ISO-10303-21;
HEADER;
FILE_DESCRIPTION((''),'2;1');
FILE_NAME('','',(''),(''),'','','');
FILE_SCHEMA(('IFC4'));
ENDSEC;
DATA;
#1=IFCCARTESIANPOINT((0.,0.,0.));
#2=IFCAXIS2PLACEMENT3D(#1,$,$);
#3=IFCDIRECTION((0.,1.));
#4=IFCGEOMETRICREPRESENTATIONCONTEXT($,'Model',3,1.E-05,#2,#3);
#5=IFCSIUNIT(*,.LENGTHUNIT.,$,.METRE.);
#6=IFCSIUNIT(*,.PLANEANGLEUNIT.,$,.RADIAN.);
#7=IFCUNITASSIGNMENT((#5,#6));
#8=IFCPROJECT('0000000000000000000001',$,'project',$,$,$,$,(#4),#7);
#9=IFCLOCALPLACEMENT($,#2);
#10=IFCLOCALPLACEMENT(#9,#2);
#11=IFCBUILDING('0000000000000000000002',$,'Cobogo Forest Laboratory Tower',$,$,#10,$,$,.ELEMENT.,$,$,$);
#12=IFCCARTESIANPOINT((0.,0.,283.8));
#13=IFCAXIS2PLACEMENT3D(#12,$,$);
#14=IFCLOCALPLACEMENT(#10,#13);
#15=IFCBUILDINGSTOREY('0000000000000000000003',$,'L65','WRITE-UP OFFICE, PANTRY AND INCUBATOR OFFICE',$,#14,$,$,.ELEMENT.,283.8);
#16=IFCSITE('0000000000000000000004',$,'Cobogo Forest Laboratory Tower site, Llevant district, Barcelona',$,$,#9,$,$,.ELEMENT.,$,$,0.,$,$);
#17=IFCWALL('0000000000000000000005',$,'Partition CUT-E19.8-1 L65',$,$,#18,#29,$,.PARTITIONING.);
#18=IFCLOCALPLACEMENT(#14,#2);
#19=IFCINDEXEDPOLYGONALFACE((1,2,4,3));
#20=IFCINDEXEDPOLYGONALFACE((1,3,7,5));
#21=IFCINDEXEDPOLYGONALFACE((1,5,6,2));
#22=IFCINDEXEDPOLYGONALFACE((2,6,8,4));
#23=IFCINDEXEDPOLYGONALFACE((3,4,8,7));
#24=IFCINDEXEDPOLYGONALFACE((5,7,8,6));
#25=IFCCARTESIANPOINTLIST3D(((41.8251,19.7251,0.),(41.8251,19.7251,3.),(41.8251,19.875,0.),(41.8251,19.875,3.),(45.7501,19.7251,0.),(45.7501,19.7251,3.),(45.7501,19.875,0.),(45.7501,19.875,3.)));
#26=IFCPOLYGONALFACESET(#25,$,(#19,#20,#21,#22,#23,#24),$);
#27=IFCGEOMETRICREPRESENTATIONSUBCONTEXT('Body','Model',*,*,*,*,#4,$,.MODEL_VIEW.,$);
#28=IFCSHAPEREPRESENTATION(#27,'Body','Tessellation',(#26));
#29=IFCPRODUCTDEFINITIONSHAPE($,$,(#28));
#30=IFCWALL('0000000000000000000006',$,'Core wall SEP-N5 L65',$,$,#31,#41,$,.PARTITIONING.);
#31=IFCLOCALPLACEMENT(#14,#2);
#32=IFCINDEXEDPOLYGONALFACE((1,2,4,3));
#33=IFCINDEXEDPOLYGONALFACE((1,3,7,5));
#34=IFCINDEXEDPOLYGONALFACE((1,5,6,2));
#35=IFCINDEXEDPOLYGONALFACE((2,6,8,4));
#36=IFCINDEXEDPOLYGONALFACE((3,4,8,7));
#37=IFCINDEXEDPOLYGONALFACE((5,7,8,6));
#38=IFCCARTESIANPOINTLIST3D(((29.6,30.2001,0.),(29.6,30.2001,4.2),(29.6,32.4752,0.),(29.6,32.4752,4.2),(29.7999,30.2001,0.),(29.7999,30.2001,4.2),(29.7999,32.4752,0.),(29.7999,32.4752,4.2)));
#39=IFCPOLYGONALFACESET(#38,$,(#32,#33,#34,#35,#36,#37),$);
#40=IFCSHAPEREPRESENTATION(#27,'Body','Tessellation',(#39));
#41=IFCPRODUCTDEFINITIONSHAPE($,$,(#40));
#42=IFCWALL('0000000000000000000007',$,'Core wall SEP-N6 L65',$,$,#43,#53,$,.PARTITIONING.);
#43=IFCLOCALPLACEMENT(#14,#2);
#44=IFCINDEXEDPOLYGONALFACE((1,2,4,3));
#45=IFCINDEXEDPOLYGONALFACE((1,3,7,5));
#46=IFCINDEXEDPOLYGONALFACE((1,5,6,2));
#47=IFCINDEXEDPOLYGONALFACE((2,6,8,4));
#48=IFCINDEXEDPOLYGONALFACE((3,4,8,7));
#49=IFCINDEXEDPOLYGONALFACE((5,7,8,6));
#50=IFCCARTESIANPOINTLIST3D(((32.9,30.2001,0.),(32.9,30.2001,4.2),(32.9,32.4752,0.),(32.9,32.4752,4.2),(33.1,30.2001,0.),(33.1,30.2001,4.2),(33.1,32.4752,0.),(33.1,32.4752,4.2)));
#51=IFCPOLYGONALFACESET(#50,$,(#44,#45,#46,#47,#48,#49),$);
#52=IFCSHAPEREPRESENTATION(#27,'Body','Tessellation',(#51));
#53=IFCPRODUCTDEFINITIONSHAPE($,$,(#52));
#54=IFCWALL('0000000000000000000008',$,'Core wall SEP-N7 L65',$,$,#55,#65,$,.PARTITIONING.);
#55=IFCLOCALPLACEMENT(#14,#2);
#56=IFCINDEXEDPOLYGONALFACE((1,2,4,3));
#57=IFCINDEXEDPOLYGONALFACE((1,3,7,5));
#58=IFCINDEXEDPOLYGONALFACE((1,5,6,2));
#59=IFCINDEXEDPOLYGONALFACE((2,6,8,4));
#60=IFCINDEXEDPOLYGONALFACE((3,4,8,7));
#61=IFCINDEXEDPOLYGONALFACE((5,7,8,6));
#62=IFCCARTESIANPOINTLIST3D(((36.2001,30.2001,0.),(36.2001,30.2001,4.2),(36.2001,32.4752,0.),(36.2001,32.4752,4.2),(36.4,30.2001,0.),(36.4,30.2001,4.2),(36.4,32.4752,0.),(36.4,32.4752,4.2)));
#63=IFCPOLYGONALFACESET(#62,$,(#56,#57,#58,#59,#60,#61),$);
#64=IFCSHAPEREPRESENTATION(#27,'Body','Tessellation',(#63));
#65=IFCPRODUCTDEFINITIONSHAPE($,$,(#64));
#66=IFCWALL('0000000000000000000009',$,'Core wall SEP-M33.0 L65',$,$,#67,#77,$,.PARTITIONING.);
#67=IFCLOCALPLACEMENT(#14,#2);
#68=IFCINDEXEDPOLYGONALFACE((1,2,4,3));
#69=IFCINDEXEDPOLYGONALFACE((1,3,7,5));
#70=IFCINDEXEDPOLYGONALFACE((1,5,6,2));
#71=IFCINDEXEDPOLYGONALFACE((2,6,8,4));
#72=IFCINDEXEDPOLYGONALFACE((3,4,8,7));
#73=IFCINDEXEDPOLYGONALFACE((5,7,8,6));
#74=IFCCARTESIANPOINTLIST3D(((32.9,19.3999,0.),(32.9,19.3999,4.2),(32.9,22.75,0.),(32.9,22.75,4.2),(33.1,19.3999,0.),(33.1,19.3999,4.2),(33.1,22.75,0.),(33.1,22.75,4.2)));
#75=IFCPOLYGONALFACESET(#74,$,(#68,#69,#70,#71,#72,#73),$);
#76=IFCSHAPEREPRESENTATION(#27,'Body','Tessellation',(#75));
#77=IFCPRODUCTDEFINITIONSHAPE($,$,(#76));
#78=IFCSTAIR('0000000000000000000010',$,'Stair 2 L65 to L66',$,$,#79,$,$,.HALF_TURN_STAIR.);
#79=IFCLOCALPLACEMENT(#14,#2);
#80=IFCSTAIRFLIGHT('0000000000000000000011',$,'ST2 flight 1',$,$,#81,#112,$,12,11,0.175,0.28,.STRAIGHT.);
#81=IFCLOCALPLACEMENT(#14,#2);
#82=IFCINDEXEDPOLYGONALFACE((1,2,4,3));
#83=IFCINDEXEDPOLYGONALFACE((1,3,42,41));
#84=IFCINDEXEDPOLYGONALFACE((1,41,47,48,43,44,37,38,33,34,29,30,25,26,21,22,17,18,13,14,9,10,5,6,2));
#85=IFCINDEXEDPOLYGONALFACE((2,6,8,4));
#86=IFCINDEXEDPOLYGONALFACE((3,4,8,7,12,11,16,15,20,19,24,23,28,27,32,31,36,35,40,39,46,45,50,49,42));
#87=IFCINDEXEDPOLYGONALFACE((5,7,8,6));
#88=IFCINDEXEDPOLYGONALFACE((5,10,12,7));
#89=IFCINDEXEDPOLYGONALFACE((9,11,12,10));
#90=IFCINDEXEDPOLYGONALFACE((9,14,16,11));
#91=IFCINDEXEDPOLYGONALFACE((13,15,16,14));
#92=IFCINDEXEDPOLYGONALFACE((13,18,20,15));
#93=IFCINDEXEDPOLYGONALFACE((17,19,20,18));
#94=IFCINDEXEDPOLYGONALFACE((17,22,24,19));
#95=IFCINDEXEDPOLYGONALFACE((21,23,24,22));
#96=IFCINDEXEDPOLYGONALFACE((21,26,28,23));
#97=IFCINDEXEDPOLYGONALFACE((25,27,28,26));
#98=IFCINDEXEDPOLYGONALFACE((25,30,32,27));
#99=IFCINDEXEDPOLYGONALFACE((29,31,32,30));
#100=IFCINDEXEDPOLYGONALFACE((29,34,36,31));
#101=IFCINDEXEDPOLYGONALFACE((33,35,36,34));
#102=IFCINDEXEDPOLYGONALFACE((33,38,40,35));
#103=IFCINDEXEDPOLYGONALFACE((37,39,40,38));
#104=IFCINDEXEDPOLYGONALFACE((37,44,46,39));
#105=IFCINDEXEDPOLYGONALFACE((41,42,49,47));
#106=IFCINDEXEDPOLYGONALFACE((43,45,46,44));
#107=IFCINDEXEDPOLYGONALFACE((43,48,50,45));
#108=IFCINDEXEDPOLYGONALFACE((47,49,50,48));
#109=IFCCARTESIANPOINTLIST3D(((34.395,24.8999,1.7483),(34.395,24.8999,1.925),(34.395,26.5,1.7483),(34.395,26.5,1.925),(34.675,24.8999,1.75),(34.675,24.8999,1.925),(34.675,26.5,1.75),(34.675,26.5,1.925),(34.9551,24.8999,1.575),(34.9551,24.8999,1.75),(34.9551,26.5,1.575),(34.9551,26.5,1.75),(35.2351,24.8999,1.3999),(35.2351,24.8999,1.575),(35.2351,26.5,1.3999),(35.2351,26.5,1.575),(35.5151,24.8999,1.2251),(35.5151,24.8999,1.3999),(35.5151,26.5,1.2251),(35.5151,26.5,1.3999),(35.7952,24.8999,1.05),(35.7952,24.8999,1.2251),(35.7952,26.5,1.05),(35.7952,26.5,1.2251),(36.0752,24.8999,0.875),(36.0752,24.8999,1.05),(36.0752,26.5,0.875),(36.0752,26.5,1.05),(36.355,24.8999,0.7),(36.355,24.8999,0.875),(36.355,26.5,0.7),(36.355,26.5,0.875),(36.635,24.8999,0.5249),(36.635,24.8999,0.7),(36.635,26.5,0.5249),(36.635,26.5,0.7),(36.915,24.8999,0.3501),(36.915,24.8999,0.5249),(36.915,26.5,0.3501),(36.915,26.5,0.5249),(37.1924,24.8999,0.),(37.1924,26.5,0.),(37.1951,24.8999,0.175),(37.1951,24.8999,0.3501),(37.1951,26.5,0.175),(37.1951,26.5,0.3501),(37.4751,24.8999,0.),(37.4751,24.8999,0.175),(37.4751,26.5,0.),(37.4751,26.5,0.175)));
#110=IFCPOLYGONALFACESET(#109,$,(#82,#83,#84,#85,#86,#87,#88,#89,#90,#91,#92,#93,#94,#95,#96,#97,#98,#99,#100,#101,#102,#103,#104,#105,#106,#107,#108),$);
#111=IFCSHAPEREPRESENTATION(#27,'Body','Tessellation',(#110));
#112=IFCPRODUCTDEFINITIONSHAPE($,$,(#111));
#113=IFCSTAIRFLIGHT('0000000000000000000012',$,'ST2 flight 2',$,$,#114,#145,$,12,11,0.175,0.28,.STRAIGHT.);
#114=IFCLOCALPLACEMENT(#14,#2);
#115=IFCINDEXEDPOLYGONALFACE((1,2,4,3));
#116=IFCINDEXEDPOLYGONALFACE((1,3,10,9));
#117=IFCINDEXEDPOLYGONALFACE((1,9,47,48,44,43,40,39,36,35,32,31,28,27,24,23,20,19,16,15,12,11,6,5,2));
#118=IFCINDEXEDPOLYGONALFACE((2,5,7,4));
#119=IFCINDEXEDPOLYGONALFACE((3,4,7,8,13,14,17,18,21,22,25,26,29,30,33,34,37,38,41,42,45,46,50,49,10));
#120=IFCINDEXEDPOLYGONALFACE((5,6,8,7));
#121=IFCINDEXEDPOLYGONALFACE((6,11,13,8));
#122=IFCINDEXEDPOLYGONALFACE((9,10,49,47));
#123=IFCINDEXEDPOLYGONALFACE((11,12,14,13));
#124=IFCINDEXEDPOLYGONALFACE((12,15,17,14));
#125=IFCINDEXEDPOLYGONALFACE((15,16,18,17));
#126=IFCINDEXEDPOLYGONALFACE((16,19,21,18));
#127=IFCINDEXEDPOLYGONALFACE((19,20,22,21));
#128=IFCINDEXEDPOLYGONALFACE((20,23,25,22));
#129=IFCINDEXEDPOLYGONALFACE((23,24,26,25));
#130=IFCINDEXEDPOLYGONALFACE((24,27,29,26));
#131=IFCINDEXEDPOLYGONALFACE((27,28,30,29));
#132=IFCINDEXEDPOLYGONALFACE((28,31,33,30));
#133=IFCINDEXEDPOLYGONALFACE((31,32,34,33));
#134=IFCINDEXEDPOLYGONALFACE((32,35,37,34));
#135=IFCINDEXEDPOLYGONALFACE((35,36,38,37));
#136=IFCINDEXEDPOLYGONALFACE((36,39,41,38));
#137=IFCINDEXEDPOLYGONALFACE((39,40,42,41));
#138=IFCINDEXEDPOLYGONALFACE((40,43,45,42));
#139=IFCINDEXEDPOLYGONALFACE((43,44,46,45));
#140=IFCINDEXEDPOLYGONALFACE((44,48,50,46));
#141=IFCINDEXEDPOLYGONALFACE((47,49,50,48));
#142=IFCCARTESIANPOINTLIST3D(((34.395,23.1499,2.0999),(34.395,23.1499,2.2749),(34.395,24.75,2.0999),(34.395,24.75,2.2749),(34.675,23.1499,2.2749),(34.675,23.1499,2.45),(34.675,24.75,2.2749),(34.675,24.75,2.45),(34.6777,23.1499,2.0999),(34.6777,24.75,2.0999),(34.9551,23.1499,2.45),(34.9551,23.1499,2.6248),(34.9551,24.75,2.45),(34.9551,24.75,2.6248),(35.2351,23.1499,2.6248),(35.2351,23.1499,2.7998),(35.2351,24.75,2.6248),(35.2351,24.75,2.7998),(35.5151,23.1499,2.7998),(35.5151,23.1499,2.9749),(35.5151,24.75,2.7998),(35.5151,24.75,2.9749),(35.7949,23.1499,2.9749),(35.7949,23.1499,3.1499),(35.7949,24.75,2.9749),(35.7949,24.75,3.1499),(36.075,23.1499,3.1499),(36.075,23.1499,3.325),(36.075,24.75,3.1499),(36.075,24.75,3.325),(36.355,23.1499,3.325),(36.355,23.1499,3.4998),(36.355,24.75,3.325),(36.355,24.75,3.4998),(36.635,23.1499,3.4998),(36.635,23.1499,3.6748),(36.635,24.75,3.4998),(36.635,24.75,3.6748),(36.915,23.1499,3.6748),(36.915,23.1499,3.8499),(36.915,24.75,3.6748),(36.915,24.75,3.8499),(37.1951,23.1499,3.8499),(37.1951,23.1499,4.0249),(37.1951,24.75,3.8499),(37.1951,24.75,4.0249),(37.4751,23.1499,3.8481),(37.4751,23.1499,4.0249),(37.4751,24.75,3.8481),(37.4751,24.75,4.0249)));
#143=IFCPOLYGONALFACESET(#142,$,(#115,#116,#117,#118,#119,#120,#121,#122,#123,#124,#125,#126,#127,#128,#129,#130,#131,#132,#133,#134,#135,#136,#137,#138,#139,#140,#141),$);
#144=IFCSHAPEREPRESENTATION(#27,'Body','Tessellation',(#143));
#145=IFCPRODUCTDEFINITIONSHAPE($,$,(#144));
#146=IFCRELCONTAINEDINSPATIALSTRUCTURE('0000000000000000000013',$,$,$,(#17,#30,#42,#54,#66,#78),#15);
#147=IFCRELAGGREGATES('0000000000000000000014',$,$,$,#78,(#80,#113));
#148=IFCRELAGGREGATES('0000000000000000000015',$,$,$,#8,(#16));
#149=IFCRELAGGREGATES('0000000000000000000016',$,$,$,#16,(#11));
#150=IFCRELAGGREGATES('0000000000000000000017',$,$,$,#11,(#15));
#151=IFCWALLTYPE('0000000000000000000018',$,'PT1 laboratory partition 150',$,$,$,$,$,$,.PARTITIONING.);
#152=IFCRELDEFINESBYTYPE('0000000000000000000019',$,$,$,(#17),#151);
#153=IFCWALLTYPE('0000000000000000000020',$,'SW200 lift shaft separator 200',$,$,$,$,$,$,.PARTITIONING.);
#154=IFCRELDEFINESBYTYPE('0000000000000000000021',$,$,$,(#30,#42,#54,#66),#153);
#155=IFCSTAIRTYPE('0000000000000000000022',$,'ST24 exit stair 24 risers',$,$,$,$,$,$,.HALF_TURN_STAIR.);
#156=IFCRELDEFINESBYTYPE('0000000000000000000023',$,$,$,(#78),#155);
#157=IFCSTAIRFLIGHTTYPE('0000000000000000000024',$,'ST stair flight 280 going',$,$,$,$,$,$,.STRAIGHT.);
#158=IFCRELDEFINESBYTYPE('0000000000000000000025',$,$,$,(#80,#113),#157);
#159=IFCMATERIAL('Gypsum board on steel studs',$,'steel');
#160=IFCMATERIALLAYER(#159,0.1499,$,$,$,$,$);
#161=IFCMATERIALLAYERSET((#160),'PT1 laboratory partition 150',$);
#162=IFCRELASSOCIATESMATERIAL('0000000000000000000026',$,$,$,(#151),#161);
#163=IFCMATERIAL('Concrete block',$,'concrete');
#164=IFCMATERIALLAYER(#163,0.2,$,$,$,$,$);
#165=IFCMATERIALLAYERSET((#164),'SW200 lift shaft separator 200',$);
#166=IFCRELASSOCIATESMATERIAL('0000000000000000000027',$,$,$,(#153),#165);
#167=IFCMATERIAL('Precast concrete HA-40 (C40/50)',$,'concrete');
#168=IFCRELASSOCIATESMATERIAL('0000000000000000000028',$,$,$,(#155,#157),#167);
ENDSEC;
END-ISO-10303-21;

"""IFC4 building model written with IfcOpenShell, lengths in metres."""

from ifc_helpers import new_model, si_unit, direction, frame, frame_2d, origin, place, context, subcontext, project, spatial, polyline, rectangle, outline, extrude, material, layer, layer_set, type_object, element, aggregate, save


model = new_model("IFC4")

# Units and contexts
model_context = context("Model", 3, precision=1e-05, world=origin(), true_north=direction((0.0, 1.0)))
body_context = subcontext(model_context, "Body", "Model", "MODEL_VIEW")
ifc_project = project(units=[si_unit("LENGTHUNIT", "METRE"), si_unit("PLANEANGLEUNIT", "RADIAN")], contexts=[model_context])

# Site, building, storey
site_placement = place(None, origin())
site = spatial("IfcSite", under=ifc_project, at=site_placement, Name="Cobogo Forest Laboratory Tower site, Llevant district, Barcelona", CompositionType="ELEMENT", RefElevation=0.0)
building_placement = place(site_placement, origin())
building = spatial("IfcBuilding", under=site, at=building_placement, Name="Cobogo Forest Laboratory Tower", CompositionType="ELEMENT")
storey_placement = place(building_placement, frame((0.0, 0.0, 283.8)))
storey = spatial("IfcBuildingStorey", under=building, at=storey_placement, Name="L65", Description="WRITE-UP OFFICE, PANTRY AND INCUBATOR OFFICE", CompositionType="ELEMENT", Elevation=283.8)

# Walls
ifc_material_1 = material(Name="Gypsum board on steel studs", Category="steel")
ifc_layer_1 = layer(ifc_material_1, 0.1499)
ifc_layer_set_1 = layer_set([ifc_layer_1], Name="PT1 laboratory partition 150")
wall_type_1 = type_object("IfcWallType", Name="PT1 laboratory partition 150", PredefinedType="PARTITIONING", material=ifc_layer_set_1)
for number, where, z_axis, x_axis, name in (
    (1, (45.75, 19.8, 0.0), (0.0, 0.0, 1.0), (-1.0, 0.0, 0.0), "Partition CUT-E19.8-1 L65"),
):
    element("IfcWall", number, at=place(storey_placement, frame(where, z_axis=z_axis, x_axis=x_axis)), inside=storey, type_object=wall_type_1, Name=name, PredefinedType="PARTITIONING", context=body_context, shape_type="SweptSolid", body=[
        extrude(rectangle(XDim=3.925, YDim=0.1499, at=frame_2d((1.9624, 0.0))), origin(), (0.0, 0.0, 1.0), 3.0),
    ])
ifc_material_2 = material(Name="Concrete block", Category="concrete")
ifc_layer_2 = layer(ifc_material_2, 0.2)
ifc_layer_set_2 = layer_set([ifc_layer_2], Name="SW200 lift shaft separator 200")
wall_type_2 = type_object("IfcWallType", Name="SW200 lift shaft separator 200", PredefinedType="PARTITIONING", material=ifc_layer_set_2)
for number, where, z_axis, x_axis, name in (
    (2, (29.7, 30.2, 0.0), (0.0, 0.0, 1.0), (0.0, 1.0, 0.0), "Core wall SEP-N5 L65"),
    (3, (33.0, 30.2, 0.0), (0.0, 0.0, 1.0), (0.0, 1.0, 0.0), "Core wall SEP-N6 L65"),
    (4, (36.3, 30.2, 0.0), (0.0, 0.0, 1.0), (0.0, 1.0, 0.0), "Core wall SEP-N7 L65"),
):
    element("IfcWall", number, at=place(storey_placement, frame(where, z_axis=z_axis, x_axis=x_axis)), inside=storey, type_object=wall_type_2, Name=name, PredefinedType="PARTITIONING", context=body_context, shape_type="SweptSolid", body=[
        extrude(rectangle(XDim=2.2751, YDim=0.2, at=frame_2d((1.1377, 0.0))), origin(), (0.0, 0.0, 1.0), 4.2),
    ])
wall_1_placement = place(storey_placement, frame((33.0, 19.3999, 0.0), z_axis=(0.0, 0.0, 1.0), x_axis=(0.0, 1.0, 0.0)))
element("IfcWall", 5, at=wall_1_placement, inside=storey, type_object=wall_type_2, Name="Core wall SEP-M33.0 L65", PredefinedType="PARTITIONING", context=body_context, shape_type="SweptSolid", body=[
    extrude(rectangle(XDim=3.3501, YDim=0.2, at=frame_2d((1.675, 0.0))), origin(), (0.0, 0.0, 1.0), 4.2),
])

# Stair, stair flights
ifc_material_3 = material(Name="Precast concrete HA-40 (C40/50)", Category="concrete")
stair_type = type_object("IfcStairType", Name="ST24 exit stair 24 risers", PredefinedType="HALF_TURN_STAIR", material=ifc_material_3)
stair_placement = place(storey_placement, origin())
stair = element("IfcStair", 6, at=stair_placement, inside=storey, type_object=stair_type, Name="Stair 2 L65 to L66", PredefinedType="HALF_TURN_STAIR")
stair_flight_type = type_object("IfcStairFlightType", Name="ST stair flight 280 going", PredefinedType="STRAIGHT", material=ifc_material_3)
stair_flight_1_placement = place(storey_placement, frame((37.4751, 25.7, 0.0), z_axis=(0.0, 0.0, 1.0), x_axis=(-1.0, 0.0, 0.0)))
stair_flight_1 = element("IfcStairFlight", 7, at=stair_flight_1_placement, type_object=stair_flight_type, Name="ST2 flight 1", NumberOfRisers=12, NumberOfTreads=11, PredefinedType="STRAIGHT", RiserHeight=0.175, TreadLength=0.28, context=body_context, shape_type="SweptSolid", body=[
    extrude(outline(polyline([(0.0, 0.0), (0.0, 0.175), (0.28, 0.175), (0.28, 0.3501), (0.5601, 0.3501), (0.5601, 0.5249), (0.8401, 0.5249), (0.8401, 0.7), (1.1201, 0.7), (1.1201, 0.875), (1.3999, 0.875), (1.3999, 1.05), (1.6799, 1.05), (1.6799, 1.2251), (1.96, 1.2251), (1.96, 1.3999), (2.24, 1.3999), (2.24, 1.575), (2.52, 1.575), (2.52, 1.75), (2.8, 1.75), (2.8, 1.925), (3.0801, 1.925), (3.0801, 2.1001), (3.0801, 1.7483), (0.2827, 0.0), (0.0, 0.0)])), frame((0.0, 0.8, 0.0), z_axis=(0.0, -1.0, 0.0), x_axis=(1.0, 0.0, 0.0)), (0.0, 0.0, 1.0), 1.6001),
])
stair_flight_2_placement = place(storey_placement, frame((34.395, 23.95, 2.0999), z_axis=(0.0, 0.0, 1.0), x_axis=(1.0, 0.0, 0.0)))
stair_flight_2 = element("IfcStairFlight", 8, at=stair_flight_2_placement, type_object=stair_flight_type, Name="ST2 flight 2", NumberOfRisers=12, NumberOfTreads=11, PredefinedType="STRAIGHT", RiserHeight=0.175, TreadLength=0.28, context=body_context, shape_type="SweptSolid", body=[
    extrude(outline(polyline([(0.0, 0.0), (0.0, 0.175), (0.28, 0.175), (0.28, 0.3501), (0.5601, 0.3501), (0.5601, 0.5249), (0.8401, 0.5249), (0.8401, 0.7), (1.1201, 0.7), (1.1201, 0.875), (1.3999, 0.875), (1.3999, 1.05), (1.6799, 1.05), (1.6799, 1.2251), (1.96, 1.2251), (1.96, 1.3999), (2.24, 1.3999), (2.24, 1.575), (2.52, 1.575), (2.52, 1.75), (2.8, 1.75), (2.8, 1.925), (3.0801, 1.925), (3.0801, 2.1001), (3.0801, 1.7483), (0.2827, 0.0), (0.0, 0.0)])), frame((0.0, 0.8, 0.0), z_axis=(0.0, -1.0, 0.0), x_axis=(1.0, 0.0, 0.0)), (0.0, 0.0, 1.0), 1.6001),
])
aggregate(stair, [stair_flight_1, stair_flight_2])

save(model, "model.ifc")
